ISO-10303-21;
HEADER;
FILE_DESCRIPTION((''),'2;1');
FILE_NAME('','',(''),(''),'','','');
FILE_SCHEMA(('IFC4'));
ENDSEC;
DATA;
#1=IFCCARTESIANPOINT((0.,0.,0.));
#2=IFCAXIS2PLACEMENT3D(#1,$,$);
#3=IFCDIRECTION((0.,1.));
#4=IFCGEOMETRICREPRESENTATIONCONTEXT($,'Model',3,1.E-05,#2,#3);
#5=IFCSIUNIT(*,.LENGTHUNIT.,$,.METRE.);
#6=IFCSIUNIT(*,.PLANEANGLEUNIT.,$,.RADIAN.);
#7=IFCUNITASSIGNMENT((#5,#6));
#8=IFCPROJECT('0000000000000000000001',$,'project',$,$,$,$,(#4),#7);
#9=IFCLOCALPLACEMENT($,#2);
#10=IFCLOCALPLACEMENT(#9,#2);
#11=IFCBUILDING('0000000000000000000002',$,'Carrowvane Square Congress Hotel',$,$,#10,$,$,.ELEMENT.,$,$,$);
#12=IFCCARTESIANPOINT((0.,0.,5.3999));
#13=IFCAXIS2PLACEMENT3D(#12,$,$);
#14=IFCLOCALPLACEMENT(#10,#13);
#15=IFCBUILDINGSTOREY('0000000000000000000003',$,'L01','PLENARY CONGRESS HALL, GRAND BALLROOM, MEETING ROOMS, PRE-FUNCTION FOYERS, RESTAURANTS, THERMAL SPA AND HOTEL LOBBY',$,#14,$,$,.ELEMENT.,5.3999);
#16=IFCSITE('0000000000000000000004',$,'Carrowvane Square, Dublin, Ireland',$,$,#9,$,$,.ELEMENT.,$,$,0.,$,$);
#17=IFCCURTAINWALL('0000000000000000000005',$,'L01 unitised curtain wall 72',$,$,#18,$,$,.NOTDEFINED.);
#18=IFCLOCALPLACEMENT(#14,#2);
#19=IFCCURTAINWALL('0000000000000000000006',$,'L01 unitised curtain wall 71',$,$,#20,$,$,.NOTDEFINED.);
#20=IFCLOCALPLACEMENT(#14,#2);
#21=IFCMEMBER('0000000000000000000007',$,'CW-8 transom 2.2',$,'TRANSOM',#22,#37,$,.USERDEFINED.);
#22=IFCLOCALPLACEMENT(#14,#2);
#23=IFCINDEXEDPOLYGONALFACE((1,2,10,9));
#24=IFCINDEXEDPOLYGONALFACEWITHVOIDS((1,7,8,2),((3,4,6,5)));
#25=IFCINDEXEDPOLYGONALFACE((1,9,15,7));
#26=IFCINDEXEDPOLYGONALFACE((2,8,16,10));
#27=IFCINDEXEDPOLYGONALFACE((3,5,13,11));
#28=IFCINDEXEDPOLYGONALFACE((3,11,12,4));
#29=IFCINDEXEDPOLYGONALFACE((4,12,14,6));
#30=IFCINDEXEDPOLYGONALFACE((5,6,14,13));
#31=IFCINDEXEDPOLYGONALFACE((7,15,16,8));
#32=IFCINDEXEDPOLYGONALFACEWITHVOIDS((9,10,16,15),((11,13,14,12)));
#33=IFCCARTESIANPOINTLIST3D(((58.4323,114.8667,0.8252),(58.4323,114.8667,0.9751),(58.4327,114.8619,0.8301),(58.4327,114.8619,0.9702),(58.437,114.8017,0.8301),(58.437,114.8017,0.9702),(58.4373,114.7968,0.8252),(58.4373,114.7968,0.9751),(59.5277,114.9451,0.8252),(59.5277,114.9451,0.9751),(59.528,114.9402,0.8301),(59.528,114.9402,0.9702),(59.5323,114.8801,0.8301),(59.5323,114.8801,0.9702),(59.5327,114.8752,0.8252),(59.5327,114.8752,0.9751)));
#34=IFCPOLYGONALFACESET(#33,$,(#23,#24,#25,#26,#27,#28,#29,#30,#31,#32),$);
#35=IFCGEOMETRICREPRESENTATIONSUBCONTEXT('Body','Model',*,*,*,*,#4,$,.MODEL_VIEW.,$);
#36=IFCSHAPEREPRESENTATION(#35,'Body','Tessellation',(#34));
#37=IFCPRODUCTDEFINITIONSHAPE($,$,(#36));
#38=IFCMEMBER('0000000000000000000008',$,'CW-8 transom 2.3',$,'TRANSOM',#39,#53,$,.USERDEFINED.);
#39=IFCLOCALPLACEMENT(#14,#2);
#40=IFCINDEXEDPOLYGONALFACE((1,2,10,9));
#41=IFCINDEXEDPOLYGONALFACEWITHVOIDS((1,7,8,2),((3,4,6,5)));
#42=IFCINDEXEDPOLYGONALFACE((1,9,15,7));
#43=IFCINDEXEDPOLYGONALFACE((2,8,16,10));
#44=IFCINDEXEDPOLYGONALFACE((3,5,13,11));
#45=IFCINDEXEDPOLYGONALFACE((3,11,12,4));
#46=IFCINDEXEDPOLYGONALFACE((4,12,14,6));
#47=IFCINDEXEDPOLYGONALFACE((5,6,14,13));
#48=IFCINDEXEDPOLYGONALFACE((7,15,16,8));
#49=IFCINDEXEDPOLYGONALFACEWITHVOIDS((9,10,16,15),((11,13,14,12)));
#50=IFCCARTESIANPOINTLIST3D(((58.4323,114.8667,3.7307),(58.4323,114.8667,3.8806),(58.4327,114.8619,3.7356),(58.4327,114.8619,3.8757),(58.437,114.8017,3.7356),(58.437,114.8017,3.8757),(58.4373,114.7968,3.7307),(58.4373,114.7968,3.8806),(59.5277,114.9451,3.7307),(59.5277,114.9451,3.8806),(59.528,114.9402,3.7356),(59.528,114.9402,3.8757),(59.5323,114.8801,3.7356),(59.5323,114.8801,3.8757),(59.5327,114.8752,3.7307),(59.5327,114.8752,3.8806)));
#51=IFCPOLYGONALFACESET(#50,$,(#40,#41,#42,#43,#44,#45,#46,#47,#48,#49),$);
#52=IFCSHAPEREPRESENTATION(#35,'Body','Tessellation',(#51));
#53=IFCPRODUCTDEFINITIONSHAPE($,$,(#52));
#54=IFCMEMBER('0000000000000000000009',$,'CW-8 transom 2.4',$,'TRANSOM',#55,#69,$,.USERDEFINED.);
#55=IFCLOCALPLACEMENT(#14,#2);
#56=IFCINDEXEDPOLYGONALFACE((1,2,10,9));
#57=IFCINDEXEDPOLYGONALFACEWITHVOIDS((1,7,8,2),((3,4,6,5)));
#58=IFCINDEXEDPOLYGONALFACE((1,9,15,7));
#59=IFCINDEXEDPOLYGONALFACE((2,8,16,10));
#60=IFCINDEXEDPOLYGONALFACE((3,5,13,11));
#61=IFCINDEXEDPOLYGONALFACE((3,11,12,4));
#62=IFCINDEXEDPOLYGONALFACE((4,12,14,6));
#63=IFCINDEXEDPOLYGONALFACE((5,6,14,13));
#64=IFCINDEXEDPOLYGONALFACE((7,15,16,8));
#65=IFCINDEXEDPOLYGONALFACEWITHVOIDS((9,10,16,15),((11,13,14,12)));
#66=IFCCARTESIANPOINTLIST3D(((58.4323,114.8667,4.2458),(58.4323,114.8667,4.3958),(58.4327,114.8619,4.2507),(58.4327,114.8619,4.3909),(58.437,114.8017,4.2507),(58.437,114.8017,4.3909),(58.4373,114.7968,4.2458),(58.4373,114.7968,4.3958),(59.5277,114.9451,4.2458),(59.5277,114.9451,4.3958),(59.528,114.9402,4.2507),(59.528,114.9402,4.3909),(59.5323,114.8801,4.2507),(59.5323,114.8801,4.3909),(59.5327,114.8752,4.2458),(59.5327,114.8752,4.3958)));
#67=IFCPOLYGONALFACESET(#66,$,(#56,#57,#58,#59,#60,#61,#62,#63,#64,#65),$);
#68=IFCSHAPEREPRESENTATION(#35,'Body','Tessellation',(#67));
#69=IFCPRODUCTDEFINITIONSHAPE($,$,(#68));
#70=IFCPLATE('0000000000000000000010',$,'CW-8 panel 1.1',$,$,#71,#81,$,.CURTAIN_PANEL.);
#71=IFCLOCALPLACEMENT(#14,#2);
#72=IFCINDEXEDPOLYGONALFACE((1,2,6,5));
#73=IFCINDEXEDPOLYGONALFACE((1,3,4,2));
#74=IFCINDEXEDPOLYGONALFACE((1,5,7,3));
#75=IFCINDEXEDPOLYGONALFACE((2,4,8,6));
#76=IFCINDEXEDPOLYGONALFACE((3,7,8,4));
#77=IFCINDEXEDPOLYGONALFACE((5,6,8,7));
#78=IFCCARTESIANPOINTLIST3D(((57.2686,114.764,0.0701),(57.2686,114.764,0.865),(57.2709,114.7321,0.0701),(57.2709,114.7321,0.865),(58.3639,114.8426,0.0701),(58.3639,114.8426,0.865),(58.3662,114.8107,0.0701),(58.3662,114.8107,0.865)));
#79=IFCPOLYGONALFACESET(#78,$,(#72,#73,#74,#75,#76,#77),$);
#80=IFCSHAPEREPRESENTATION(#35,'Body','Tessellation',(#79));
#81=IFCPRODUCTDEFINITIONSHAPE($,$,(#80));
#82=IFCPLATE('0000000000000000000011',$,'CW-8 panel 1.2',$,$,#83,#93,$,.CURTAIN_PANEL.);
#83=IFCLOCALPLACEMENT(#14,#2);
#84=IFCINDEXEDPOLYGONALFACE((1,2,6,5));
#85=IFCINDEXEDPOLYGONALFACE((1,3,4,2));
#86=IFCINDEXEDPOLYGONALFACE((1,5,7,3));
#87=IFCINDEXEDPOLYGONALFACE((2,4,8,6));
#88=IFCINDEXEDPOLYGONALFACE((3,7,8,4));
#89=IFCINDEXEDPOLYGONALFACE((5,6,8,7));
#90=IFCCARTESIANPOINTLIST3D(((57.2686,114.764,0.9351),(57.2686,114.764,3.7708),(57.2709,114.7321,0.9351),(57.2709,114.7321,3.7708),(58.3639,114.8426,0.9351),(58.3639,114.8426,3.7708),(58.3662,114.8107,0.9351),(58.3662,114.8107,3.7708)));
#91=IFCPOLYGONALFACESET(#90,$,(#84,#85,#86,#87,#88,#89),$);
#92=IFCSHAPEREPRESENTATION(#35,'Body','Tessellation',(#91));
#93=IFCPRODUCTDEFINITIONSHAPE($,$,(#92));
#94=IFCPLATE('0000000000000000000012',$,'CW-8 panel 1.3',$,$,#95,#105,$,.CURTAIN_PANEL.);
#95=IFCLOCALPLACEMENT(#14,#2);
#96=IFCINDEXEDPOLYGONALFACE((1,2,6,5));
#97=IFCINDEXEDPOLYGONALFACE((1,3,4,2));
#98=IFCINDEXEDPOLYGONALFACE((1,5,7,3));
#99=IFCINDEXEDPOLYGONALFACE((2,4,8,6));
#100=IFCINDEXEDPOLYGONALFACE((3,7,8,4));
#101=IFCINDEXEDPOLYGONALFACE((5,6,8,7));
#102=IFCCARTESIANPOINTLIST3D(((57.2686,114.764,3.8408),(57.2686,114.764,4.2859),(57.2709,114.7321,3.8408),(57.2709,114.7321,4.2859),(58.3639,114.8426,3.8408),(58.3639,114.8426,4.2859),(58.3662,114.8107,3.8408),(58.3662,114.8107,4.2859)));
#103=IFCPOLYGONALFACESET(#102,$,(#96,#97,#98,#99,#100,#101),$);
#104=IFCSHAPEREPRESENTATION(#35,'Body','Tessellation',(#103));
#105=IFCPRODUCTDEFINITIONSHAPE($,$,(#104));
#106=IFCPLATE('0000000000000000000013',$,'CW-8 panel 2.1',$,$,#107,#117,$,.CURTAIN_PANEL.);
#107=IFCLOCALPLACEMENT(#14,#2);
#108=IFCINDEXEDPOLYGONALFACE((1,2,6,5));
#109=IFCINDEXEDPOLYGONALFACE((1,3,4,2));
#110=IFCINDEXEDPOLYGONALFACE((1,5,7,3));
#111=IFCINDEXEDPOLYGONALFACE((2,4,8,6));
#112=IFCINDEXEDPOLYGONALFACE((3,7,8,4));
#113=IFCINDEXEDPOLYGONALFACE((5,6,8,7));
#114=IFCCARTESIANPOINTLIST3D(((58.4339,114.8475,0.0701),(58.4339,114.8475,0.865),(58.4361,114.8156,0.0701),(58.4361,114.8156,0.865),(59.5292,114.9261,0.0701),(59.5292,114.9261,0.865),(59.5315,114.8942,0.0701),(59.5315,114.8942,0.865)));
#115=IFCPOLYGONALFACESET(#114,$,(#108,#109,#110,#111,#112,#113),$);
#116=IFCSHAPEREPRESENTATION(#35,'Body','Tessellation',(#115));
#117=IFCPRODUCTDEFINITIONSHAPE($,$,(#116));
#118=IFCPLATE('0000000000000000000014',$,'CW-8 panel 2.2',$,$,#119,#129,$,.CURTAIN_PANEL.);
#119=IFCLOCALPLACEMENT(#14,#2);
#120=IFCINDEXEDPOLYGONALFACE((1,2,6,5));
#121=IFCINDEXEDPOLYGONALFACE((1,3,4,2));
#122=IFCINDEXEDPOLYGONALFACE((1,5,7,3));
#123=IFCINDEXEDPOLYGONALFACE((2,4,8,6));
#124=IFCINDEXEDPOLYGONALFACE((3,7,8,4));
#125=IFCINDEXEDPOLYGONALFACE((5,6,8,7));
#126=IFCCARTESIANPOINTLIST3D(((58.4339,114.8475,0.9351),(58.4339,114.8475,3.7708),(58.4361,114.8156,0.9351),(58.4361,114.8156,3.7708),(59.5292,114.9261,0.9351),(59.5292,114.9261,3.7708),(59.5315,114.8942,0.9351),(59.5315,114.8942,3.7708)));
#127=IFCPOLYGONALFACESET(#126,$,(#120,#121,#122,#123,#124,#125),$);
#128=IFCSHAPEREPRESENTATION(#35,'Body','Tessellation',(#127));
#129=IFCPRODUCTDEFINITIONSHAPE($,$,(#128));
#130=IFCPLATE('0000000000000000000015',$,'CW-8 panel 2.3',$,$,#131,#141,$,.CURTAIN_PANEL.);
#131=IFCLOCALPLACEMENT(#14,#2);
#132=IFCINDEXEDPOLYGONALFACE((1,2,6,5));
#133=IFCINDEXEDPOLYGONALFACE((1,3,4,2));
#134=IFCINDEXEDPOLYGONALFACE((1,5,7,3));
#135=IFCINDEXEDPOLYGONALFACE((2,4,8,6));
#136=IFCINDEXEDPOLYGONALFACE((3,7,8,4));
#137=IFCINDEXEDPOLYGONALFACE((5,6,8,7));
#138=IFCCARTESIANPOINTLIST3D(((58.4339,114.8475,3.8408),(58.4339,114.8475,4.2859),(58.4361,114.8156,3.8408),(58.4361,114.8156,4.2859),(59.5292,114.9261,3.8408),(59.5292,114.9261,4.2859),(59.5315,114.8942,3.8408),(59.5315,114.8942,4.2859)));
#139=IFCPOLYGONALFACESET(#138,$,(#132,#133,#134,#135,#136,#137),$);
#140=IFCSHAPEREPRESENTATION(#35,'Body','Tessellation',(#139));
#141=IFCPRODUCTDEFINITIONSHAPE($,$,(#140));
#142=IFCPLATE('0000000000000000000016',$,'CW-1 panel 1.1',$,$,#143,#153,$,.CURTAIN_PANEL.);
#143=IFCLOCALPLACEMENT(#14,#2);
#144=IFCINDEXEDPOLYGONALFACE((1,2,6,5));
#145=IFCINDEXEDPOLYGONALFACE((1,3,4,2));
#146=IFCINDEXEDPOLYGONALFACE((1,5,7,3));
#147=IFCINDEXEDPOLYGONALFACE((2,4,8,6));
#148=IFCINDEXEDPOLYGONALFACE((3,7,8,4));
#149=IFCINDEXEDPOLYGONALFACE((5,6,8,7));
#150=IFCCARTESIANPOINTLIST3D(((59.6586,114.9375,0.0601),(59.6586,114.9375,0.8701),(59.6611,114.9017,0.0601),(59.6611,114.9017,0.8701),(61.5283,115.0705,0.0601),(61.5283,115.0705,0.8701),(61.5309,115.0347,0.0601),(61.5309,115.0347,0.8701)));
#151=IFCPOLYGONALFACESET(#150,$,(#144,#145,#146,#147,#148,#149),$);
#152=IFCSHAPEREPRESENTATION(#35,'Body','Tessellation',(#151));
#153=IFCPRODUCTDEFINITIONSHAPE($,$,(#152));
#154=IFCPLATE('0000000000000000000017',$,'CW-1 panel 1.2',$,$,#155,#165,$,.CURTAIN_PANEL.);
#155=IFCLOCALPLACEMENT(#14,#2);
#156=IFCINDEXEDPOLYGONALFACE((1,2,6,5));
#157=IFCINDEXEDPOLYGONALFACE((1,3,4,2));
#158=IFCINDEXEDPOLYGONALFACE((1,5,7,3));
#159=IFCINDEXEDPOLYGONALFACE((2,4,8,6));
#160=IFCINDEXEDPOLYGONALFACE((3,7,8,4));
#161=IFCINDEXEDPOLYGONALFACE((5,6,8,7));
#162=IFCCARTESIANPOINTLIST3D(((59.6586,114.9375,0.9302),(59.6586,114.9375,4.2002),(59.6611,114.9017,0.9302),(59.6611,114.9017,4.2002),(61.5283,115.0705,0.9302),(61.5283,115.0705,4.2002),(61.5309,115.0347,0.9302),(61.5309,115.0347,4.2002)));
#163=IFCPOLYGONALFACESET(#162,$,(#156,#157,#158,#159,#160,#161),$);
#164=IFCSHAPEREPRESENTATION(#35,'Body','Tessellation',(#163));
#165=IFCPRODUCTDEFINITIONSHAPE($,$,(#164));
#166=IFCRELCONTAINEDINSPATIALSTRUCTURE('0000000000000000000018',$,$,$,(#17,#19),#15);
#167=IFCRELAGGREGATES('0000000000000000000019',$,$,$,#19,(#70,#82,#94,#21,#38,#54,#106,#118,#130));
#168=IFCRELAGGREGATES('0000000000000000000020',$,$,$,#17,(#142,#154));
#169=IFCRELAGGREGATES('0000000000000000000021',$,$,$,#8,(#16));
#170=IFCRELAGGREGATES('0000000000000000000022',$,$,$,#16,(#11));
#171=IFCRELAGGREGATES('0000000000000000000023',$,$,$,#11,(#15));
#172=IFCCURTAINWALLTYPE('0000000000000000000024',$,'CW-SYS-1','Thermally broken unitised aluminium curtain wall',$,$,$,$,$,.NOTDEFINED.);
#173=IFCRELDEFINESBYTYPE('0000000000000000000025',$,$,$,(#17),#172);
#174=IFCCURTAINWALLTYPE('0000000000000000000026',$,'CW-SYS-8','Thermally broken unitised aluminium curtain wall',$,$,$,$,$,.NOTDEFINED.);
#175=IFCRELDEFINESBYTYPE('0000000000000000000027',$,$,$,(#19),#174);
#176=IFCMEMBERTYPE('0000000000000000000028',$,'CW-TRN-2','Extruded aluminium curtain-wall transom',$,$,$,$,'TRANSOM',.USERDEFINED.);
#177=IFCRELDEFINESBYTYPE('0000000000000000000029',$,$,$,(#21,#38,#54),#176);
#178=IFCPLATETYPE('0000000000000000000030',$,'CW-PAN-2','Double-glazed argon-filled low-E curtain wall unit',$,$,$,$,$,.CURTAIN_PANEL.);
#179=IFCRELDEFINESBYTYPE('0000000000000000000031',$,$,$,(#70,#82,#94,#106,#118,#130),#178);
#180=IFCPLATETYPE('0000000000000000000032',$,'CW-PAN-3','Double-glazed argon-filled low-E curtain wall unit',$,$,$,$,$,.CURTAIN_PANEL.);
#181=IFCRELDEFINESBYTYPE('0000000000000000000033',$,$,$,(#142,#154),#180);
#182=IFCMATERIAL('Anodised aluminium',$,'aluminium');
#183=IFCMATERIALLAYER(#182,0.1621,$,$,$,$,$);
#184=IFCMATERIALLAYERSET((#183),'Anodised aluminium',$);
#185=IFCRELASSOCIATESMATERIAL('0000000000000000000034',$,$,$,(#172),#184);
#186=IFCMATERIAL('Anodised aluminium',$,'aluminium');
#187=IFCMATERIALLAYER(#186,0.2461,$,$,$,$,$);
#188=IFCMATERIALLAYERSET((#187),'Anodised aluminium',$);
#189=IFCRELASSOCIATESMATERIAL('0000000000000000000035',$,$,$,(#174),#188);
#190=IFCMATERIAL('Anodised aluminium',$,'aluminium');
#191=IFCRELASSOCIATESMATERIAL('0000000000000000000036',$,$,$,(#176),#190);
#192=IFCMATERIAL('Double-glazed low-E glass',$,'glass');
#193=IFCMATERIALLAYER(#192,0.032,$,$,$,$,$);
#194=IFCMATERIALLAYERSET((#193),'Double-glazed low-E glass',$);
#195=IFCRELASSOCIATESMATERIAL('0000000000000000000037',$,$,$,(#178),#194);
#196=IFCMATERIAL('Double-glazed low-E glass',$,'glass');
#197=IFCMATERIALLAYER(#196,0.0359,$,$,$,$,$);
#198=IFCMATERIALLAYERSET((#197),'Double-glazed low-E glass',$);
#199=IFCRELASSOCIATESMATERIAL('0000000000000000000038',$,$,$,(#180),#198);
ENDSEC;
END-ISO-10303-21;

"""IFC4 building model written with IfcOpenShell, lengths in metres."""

from ifc_helpers import new_model, si_unit, direction, frame, origin, origin_2d, place, context, subcontext, project, spatial, rectangle, hollow_rectangle, extrude, material, layer, layer_set, material_profile, profile_set, type_object, element, aggregate, save


model = new_model("IFC4")

# Units and contexts
model_context = context("Model", 3, precision=1e-05, world=origin(), true_north=direction((0.0, 1.0)))
body_context = subcontext(model_context, "Body", "Model", "MODEL_VIEW")
ifc_project = project(units=[si_unit("LENGTHUNIT", "METRE"), si_unit("PLANEANGLEUNIT", "RADIAN")], contexts=[model_context])

# Site, building, storey
site_placement = place(None, origin())
site = spatial("IfcSite", under=ifc_project, at=site_placement, Name="Carrowvane Square, Dublin, Ireland", CompositionType="ELEMENT", RefElevation=0.0)
building_placement = place(site_placement, origin())
building = spatial("IfcBuilding", under=site, at=building_placement, Name="Carrowvane Square Congress Hotel", CompositionType="ELEMENT")
storey_placement = place(building_placement, frame((0.0, 0.0, 5.3999)))
storey = spatial("IfcBuildingStorey", under=building, at=storey_placement, Name="L01", Description="PLENARY CONGRESS HALL, GRAND BALLROOM, MEETING ROOMS, PRE-FUNCTION FOYERS, RESTAURANTS, THERMAL SPA AND HOTEL LOBBY", CompositionType="ELEMENT", Elevation=5.3999)

# Curtain wall
ifc_material_1 = material(Name="Anodised aluminium", Category="aluminium")
ifc_layer_1 = layer(ifc_material_1, 0.1621)
ifc_layer_set_1 = layer_set([ifc_layer_1], Name="Anodised aluminium")
curtain_wall_type_1 = type_object("IfcCurtainWallType", Name="CW-SYS-1", Description="Thermally broken unitised aluminium curtain wall", PredefinedType="NOTDEFINED", material=ifc_layer_set_1)
curtain_wall_1_placement = place(storey_placement, origin())
curtain_wall_1 = element("IfcCurtainWall", 1, at=curtain_wall_1_placement, inside=storey, type_object=curtain_wall_type_1, Name="L01 unitised curtain wall 72", PredefinedType="NOTDEFINED")

# Curtain wall
ifc_material_2 = material(Name="Anodised aluminium", Category="aluminium")
ifc_layer_2 = layer(ifc_material_2, 0.2461)
ifc_layer_set_2 = layer_set([ifc_layer_2], Name="Anodised aluminium")
curtain_wall_type_2 = type_object("IfcCurtainWallType", Name="CW-SYS-8", Description="Thermally broken unitised aluminium curtain wall", PredefinedType="NOTDEFINED", material=ifc_layer_set_2)
curtain_wall_2_placement = place(storey_placement, origin())
curtain_wall_2 = element("IfcCurtainWall", 2, at=curtain_wall_2_placement, inside=storey, type_object=curtain_wall_type_2, Name="L01 unitised curtain wall 71", PredefinedType="NOTDEFINED")

# Members
ifc_material_3 = material(Name="Anodised aluminium", Category="aluminium")
ifc_material_profile_1 = material_profile(ifc_material_3, hollow_rectangle(XDim=0.0701, YDim=0.1499, WallThickness=0.0049, at=origin_2d()), Name="CW-TR 70x150x5")
ifc_profile_set_1 = profile_set([ifc_material_profile_1], Name="Anodised aluminium")
member_type_1 = type_object("IfcMemberType", Name="CW-TRN-2", Description="Extruded aluminium curtain-wall transom", ElementType="TRANSOM", PredefinedType="USERDEFINED", material=ifc_profile_set_1)
member_1_placement = place(storey_placement, frame((58.4348, 114.8318, 0.9001), z_axis=(0.997451, 0.071358, 0.0), x_axis=(-0.071358, 0.997451, 0.0)))
member_1 = element("IfcMember", 3, at=member_1_placement, type_object=member_type_1, Name="CW-8 transom 2.2", ObjectType="TRANSOM", PredefinedType="USERDEFINED", context=body_context, shape_type="SweptSolid", body=[
    extrude(hollow_rectangle(XDim=0.0701, YDim=0.1499, WallThickness=0.0049, at=origin_2d()), origin(), (0.0, 0.0, 1.0), 1.0981),
])
member_2_placement = place(storey_placement, frame((58.4348, 114.8318, 3.8057), z_axis=(0.997451, 0.071358, 0.0), x_axis=(-0.071358, 0.997451, 0.0)))
member_2 = element("IfcMember", 4, at=member_2_placement, type_object=member_type_1, Name="CW-8 transom 2.3", ObjectType="TRANSOM", PredefinedType="USERDEFINED", context=body_context, shape_type="SweptSolid", body=[
    extrude(hollow_rectangle(XDim=0.0701, YDim=0.1499, WallThickness=0.0049, at=origin_2d()), origin(), (0.0, 0.0, 1.0), 1.0981),
])
member_3_placement = place(storey_placement, frame((58.4348, 114.8318, 4.3208), z_axis=(0.997451, 0.071358, 0.0), x_axis=(-0.071358, 0.997451, 0.0)))
member_3 = element("IfcMember", 5, at=member_3_placement, type_object=member_type_1, Name="CW-8 transom 2.4", ObjectType="TRANSOM", PredefinedType="USERDEFINED", context=body_context, shape_type="SweptSolid", body=[
    extrude(hollow_rectangle(XDim=0.0701, YDim=0.1499, WallThickness=0.0049, at=origin_2d()), origin(), (0.0, 0.0, 1.0), 1.0981),
])

# Plates
ifc_material_4 = material(Name="Double-glazed low-E glass", Category="glass")
ifc_layer_3 = layer(ifc_material_4, 0.032)
ifc_layer_set_3 = layer_set([ifc_layer_3], Name="Double-glazed low-E glass")
plate_type_1 = type_object("IfcPlateType", Name="CW-PAN-2", Description="Double-glazed argon-filled low-E curtain wall unit", PredefinedType="CURTAIN_PANEL", material=ifc_layer_set_3)
plate_1_placement = place(storey_placement, frame((57.8174, 114.7874, 0.0701), z_axis=(0.0, 0.0, 1.0), x_axis=(0.997438, 0.071532, 0.0)))
plate_1 = element("IfcPlate", 6, at=plate_1_placement, type_object=plate_type_1, Name="CW-8 panel 1.1", PredefinedType="CURTAIN_PANEL", context=body_context, shape_type="SweptSolid", body=[
    extrude(rectangle(XDim=1.0981, YDim=0.032, at=origin_2d()), origin(), (0.0, 0.0, 1.0), 0.7949),
])
plate_2_placement = place(storey_placement, frame((57.8174, 114.7874, 0.9351), z_axis=(0.0, 0.0, 1.0), x_axis=(0.997438, 0.071532, 0.0)))
plate_2 = element("IfcPlate", 7, at=plate_2_placement, type_object=plate_type_1, Name="CW-8 panel 1.2", PredefinedType="CURTAIN_PANEL", context=body_context, shape_type="SweptSolid", body=[
    extrude(rectangle(XDim=1.0981, YDim=0.032, at=origin_2d()), origin(), (0.0, 0.0, 1.0), 2.8357),
])
plate_3_placement = place(storey_placement, frame((57.8174, 114.7874, 3.8408), z_axis=(0.0, 0.0, 1.0), x_axis=(0.997438, 0.071532, 0.0)))
plate_3 = element("IfcPlate", 8, at=plate_3_placement, type_object=plate_type_1, Name="CW-8 panel 1.3", PredefinedType="CURTAIN_PANEL", context=body_context, shape_type="SweptSolid", body=[
    extrude(rectangle(XDim=1.0981, YDim=0.032, at=origin_2d()), origin(), (0.0, 0.0, 1.0), 0.4451),
])
plate_4_placement = place(storey_placement, frame((58.9827, 114.8708, 0.0701), z_axis=(0.0, 0.0, 1.0), x_axis=(0.997438, 0.071532, 0.0)))
plate_4 = element("IfcPlate", 9, at=plate_4_placement, type_object=plate_type_1, Name="CW-8 panel 2.1", PredefinedType="CURTAIN_PANEL", context=body_context, shape_type="SweptSolid", body=[
    extrude(rectangle(XDim=1.0981, YDim=0.032, at=origin_2d()), origin(), (0.0, 0.0, 1.0), 0.7949),
])
plate_5_placement = place(storey_placement, frame((58.9827, 114.8708, 0.9351), z_axis=(0.0, 0.0, 1.0), x_axis=(0.997438, 0.071532, 0.0)))
plate_5 = element("IfcPlate", 10, at=plate_5_placement, type_object=plate_type_1, Name="CW-8 panel 2.2", PredefinedType="CURTAIN_PANEL", context=body_context, shape_type="SweptSolid", body=[
    extrude(rectangle(XDim=1.0981, YDim=0.032, at=origin_2d()), origin(), (0.0, 0.0, 1.0), 2.8357),
])
plate_6_placement = place(storey_placement, frame((58.9827, 114.8708, 3.8408), z_axis=(0.0, 0.0, 1.0), x_axis=(0.997438, 0.071532, 0.0)))
plate_6 = element("IfcPlate", 11, at=plate_6_placement, type_object=plate_type_1, Name="CW-8 panel 2.3", PredefinedType="CURTAIN_PANEL", context=body_context, shape_type="SweptSolid", body=[
    extrude(rectangle(XDim=1.0981, YDim=0.032, at=origin_2d()), origin(), (0.0, 0.0, 1.0), 0.4451),
])
aggregate(curtain_wall_2, [plate_1, plate_2, plate_3, member_1, member_2, member_3, plate_4, plate_5, plate_6])
ifc_material_5 = material(Name="Double-glazed low-E glass", Category="glass")
ifc_layer_4 = layer(ifc_material_5, 0.0359)
ifc_layer_set_4 = layer_set([ifc_layer_4], Name="Double-glazed low-E glass")
plate_type_2 = type_object("IfcPlateType", Name="CW-PAN-3", Description="Double-glazed argon-filled low-E curtain wall unit", PredefinedType="CURTAIN_PANEL", material=ifc_layer_set_4)
plate_7_placement = place(storey_placement, frame((60.5947, 114.9861, 0.0601), z_axis=(0.0, 0.0, 1.0), x_axis=(0.997479, 0.07096, 0.0)))
plate_7 = element("IfcPlate", 12, at=plate_7_placement, type_object=plate_type_2, Name="CW-1 panel 1.1", PredefinedType="CURTAIN_PANEL", context=body_context, shape_type="SweptSolid", body=[
    extrude(rectangle(XDim=1.8745, YDim=0.0359, at=origin_2d()), origin(), (0.0, 0.0, 1.0), 0.8101),
])
plate_8_placement = place(storey_placement, frame((60.5947, 114.9861, 0.9302), z_axis=(0.0, 0.0, 1.0), x_axis=(0.997479, 0.07096, 0.0)))
plate_8 = element("IfcPlate", 13, at=plate_8_placement, type_object=plate_type_2, Name="CW-1 panel 1.2", PredefinedType="CURTAIN_PANEL", context=body_context, shape_type="SweptSolid", body=[
    extrude(rectangle(XDim=1.8745, YDim=0.0359, at=origin_2d()), origin(), (0.0, 0.0, 1.0), 3.27),
])
aggregate(curtain_wall_1, [plate_7, plate_8])

save(model, "model.ifc")
